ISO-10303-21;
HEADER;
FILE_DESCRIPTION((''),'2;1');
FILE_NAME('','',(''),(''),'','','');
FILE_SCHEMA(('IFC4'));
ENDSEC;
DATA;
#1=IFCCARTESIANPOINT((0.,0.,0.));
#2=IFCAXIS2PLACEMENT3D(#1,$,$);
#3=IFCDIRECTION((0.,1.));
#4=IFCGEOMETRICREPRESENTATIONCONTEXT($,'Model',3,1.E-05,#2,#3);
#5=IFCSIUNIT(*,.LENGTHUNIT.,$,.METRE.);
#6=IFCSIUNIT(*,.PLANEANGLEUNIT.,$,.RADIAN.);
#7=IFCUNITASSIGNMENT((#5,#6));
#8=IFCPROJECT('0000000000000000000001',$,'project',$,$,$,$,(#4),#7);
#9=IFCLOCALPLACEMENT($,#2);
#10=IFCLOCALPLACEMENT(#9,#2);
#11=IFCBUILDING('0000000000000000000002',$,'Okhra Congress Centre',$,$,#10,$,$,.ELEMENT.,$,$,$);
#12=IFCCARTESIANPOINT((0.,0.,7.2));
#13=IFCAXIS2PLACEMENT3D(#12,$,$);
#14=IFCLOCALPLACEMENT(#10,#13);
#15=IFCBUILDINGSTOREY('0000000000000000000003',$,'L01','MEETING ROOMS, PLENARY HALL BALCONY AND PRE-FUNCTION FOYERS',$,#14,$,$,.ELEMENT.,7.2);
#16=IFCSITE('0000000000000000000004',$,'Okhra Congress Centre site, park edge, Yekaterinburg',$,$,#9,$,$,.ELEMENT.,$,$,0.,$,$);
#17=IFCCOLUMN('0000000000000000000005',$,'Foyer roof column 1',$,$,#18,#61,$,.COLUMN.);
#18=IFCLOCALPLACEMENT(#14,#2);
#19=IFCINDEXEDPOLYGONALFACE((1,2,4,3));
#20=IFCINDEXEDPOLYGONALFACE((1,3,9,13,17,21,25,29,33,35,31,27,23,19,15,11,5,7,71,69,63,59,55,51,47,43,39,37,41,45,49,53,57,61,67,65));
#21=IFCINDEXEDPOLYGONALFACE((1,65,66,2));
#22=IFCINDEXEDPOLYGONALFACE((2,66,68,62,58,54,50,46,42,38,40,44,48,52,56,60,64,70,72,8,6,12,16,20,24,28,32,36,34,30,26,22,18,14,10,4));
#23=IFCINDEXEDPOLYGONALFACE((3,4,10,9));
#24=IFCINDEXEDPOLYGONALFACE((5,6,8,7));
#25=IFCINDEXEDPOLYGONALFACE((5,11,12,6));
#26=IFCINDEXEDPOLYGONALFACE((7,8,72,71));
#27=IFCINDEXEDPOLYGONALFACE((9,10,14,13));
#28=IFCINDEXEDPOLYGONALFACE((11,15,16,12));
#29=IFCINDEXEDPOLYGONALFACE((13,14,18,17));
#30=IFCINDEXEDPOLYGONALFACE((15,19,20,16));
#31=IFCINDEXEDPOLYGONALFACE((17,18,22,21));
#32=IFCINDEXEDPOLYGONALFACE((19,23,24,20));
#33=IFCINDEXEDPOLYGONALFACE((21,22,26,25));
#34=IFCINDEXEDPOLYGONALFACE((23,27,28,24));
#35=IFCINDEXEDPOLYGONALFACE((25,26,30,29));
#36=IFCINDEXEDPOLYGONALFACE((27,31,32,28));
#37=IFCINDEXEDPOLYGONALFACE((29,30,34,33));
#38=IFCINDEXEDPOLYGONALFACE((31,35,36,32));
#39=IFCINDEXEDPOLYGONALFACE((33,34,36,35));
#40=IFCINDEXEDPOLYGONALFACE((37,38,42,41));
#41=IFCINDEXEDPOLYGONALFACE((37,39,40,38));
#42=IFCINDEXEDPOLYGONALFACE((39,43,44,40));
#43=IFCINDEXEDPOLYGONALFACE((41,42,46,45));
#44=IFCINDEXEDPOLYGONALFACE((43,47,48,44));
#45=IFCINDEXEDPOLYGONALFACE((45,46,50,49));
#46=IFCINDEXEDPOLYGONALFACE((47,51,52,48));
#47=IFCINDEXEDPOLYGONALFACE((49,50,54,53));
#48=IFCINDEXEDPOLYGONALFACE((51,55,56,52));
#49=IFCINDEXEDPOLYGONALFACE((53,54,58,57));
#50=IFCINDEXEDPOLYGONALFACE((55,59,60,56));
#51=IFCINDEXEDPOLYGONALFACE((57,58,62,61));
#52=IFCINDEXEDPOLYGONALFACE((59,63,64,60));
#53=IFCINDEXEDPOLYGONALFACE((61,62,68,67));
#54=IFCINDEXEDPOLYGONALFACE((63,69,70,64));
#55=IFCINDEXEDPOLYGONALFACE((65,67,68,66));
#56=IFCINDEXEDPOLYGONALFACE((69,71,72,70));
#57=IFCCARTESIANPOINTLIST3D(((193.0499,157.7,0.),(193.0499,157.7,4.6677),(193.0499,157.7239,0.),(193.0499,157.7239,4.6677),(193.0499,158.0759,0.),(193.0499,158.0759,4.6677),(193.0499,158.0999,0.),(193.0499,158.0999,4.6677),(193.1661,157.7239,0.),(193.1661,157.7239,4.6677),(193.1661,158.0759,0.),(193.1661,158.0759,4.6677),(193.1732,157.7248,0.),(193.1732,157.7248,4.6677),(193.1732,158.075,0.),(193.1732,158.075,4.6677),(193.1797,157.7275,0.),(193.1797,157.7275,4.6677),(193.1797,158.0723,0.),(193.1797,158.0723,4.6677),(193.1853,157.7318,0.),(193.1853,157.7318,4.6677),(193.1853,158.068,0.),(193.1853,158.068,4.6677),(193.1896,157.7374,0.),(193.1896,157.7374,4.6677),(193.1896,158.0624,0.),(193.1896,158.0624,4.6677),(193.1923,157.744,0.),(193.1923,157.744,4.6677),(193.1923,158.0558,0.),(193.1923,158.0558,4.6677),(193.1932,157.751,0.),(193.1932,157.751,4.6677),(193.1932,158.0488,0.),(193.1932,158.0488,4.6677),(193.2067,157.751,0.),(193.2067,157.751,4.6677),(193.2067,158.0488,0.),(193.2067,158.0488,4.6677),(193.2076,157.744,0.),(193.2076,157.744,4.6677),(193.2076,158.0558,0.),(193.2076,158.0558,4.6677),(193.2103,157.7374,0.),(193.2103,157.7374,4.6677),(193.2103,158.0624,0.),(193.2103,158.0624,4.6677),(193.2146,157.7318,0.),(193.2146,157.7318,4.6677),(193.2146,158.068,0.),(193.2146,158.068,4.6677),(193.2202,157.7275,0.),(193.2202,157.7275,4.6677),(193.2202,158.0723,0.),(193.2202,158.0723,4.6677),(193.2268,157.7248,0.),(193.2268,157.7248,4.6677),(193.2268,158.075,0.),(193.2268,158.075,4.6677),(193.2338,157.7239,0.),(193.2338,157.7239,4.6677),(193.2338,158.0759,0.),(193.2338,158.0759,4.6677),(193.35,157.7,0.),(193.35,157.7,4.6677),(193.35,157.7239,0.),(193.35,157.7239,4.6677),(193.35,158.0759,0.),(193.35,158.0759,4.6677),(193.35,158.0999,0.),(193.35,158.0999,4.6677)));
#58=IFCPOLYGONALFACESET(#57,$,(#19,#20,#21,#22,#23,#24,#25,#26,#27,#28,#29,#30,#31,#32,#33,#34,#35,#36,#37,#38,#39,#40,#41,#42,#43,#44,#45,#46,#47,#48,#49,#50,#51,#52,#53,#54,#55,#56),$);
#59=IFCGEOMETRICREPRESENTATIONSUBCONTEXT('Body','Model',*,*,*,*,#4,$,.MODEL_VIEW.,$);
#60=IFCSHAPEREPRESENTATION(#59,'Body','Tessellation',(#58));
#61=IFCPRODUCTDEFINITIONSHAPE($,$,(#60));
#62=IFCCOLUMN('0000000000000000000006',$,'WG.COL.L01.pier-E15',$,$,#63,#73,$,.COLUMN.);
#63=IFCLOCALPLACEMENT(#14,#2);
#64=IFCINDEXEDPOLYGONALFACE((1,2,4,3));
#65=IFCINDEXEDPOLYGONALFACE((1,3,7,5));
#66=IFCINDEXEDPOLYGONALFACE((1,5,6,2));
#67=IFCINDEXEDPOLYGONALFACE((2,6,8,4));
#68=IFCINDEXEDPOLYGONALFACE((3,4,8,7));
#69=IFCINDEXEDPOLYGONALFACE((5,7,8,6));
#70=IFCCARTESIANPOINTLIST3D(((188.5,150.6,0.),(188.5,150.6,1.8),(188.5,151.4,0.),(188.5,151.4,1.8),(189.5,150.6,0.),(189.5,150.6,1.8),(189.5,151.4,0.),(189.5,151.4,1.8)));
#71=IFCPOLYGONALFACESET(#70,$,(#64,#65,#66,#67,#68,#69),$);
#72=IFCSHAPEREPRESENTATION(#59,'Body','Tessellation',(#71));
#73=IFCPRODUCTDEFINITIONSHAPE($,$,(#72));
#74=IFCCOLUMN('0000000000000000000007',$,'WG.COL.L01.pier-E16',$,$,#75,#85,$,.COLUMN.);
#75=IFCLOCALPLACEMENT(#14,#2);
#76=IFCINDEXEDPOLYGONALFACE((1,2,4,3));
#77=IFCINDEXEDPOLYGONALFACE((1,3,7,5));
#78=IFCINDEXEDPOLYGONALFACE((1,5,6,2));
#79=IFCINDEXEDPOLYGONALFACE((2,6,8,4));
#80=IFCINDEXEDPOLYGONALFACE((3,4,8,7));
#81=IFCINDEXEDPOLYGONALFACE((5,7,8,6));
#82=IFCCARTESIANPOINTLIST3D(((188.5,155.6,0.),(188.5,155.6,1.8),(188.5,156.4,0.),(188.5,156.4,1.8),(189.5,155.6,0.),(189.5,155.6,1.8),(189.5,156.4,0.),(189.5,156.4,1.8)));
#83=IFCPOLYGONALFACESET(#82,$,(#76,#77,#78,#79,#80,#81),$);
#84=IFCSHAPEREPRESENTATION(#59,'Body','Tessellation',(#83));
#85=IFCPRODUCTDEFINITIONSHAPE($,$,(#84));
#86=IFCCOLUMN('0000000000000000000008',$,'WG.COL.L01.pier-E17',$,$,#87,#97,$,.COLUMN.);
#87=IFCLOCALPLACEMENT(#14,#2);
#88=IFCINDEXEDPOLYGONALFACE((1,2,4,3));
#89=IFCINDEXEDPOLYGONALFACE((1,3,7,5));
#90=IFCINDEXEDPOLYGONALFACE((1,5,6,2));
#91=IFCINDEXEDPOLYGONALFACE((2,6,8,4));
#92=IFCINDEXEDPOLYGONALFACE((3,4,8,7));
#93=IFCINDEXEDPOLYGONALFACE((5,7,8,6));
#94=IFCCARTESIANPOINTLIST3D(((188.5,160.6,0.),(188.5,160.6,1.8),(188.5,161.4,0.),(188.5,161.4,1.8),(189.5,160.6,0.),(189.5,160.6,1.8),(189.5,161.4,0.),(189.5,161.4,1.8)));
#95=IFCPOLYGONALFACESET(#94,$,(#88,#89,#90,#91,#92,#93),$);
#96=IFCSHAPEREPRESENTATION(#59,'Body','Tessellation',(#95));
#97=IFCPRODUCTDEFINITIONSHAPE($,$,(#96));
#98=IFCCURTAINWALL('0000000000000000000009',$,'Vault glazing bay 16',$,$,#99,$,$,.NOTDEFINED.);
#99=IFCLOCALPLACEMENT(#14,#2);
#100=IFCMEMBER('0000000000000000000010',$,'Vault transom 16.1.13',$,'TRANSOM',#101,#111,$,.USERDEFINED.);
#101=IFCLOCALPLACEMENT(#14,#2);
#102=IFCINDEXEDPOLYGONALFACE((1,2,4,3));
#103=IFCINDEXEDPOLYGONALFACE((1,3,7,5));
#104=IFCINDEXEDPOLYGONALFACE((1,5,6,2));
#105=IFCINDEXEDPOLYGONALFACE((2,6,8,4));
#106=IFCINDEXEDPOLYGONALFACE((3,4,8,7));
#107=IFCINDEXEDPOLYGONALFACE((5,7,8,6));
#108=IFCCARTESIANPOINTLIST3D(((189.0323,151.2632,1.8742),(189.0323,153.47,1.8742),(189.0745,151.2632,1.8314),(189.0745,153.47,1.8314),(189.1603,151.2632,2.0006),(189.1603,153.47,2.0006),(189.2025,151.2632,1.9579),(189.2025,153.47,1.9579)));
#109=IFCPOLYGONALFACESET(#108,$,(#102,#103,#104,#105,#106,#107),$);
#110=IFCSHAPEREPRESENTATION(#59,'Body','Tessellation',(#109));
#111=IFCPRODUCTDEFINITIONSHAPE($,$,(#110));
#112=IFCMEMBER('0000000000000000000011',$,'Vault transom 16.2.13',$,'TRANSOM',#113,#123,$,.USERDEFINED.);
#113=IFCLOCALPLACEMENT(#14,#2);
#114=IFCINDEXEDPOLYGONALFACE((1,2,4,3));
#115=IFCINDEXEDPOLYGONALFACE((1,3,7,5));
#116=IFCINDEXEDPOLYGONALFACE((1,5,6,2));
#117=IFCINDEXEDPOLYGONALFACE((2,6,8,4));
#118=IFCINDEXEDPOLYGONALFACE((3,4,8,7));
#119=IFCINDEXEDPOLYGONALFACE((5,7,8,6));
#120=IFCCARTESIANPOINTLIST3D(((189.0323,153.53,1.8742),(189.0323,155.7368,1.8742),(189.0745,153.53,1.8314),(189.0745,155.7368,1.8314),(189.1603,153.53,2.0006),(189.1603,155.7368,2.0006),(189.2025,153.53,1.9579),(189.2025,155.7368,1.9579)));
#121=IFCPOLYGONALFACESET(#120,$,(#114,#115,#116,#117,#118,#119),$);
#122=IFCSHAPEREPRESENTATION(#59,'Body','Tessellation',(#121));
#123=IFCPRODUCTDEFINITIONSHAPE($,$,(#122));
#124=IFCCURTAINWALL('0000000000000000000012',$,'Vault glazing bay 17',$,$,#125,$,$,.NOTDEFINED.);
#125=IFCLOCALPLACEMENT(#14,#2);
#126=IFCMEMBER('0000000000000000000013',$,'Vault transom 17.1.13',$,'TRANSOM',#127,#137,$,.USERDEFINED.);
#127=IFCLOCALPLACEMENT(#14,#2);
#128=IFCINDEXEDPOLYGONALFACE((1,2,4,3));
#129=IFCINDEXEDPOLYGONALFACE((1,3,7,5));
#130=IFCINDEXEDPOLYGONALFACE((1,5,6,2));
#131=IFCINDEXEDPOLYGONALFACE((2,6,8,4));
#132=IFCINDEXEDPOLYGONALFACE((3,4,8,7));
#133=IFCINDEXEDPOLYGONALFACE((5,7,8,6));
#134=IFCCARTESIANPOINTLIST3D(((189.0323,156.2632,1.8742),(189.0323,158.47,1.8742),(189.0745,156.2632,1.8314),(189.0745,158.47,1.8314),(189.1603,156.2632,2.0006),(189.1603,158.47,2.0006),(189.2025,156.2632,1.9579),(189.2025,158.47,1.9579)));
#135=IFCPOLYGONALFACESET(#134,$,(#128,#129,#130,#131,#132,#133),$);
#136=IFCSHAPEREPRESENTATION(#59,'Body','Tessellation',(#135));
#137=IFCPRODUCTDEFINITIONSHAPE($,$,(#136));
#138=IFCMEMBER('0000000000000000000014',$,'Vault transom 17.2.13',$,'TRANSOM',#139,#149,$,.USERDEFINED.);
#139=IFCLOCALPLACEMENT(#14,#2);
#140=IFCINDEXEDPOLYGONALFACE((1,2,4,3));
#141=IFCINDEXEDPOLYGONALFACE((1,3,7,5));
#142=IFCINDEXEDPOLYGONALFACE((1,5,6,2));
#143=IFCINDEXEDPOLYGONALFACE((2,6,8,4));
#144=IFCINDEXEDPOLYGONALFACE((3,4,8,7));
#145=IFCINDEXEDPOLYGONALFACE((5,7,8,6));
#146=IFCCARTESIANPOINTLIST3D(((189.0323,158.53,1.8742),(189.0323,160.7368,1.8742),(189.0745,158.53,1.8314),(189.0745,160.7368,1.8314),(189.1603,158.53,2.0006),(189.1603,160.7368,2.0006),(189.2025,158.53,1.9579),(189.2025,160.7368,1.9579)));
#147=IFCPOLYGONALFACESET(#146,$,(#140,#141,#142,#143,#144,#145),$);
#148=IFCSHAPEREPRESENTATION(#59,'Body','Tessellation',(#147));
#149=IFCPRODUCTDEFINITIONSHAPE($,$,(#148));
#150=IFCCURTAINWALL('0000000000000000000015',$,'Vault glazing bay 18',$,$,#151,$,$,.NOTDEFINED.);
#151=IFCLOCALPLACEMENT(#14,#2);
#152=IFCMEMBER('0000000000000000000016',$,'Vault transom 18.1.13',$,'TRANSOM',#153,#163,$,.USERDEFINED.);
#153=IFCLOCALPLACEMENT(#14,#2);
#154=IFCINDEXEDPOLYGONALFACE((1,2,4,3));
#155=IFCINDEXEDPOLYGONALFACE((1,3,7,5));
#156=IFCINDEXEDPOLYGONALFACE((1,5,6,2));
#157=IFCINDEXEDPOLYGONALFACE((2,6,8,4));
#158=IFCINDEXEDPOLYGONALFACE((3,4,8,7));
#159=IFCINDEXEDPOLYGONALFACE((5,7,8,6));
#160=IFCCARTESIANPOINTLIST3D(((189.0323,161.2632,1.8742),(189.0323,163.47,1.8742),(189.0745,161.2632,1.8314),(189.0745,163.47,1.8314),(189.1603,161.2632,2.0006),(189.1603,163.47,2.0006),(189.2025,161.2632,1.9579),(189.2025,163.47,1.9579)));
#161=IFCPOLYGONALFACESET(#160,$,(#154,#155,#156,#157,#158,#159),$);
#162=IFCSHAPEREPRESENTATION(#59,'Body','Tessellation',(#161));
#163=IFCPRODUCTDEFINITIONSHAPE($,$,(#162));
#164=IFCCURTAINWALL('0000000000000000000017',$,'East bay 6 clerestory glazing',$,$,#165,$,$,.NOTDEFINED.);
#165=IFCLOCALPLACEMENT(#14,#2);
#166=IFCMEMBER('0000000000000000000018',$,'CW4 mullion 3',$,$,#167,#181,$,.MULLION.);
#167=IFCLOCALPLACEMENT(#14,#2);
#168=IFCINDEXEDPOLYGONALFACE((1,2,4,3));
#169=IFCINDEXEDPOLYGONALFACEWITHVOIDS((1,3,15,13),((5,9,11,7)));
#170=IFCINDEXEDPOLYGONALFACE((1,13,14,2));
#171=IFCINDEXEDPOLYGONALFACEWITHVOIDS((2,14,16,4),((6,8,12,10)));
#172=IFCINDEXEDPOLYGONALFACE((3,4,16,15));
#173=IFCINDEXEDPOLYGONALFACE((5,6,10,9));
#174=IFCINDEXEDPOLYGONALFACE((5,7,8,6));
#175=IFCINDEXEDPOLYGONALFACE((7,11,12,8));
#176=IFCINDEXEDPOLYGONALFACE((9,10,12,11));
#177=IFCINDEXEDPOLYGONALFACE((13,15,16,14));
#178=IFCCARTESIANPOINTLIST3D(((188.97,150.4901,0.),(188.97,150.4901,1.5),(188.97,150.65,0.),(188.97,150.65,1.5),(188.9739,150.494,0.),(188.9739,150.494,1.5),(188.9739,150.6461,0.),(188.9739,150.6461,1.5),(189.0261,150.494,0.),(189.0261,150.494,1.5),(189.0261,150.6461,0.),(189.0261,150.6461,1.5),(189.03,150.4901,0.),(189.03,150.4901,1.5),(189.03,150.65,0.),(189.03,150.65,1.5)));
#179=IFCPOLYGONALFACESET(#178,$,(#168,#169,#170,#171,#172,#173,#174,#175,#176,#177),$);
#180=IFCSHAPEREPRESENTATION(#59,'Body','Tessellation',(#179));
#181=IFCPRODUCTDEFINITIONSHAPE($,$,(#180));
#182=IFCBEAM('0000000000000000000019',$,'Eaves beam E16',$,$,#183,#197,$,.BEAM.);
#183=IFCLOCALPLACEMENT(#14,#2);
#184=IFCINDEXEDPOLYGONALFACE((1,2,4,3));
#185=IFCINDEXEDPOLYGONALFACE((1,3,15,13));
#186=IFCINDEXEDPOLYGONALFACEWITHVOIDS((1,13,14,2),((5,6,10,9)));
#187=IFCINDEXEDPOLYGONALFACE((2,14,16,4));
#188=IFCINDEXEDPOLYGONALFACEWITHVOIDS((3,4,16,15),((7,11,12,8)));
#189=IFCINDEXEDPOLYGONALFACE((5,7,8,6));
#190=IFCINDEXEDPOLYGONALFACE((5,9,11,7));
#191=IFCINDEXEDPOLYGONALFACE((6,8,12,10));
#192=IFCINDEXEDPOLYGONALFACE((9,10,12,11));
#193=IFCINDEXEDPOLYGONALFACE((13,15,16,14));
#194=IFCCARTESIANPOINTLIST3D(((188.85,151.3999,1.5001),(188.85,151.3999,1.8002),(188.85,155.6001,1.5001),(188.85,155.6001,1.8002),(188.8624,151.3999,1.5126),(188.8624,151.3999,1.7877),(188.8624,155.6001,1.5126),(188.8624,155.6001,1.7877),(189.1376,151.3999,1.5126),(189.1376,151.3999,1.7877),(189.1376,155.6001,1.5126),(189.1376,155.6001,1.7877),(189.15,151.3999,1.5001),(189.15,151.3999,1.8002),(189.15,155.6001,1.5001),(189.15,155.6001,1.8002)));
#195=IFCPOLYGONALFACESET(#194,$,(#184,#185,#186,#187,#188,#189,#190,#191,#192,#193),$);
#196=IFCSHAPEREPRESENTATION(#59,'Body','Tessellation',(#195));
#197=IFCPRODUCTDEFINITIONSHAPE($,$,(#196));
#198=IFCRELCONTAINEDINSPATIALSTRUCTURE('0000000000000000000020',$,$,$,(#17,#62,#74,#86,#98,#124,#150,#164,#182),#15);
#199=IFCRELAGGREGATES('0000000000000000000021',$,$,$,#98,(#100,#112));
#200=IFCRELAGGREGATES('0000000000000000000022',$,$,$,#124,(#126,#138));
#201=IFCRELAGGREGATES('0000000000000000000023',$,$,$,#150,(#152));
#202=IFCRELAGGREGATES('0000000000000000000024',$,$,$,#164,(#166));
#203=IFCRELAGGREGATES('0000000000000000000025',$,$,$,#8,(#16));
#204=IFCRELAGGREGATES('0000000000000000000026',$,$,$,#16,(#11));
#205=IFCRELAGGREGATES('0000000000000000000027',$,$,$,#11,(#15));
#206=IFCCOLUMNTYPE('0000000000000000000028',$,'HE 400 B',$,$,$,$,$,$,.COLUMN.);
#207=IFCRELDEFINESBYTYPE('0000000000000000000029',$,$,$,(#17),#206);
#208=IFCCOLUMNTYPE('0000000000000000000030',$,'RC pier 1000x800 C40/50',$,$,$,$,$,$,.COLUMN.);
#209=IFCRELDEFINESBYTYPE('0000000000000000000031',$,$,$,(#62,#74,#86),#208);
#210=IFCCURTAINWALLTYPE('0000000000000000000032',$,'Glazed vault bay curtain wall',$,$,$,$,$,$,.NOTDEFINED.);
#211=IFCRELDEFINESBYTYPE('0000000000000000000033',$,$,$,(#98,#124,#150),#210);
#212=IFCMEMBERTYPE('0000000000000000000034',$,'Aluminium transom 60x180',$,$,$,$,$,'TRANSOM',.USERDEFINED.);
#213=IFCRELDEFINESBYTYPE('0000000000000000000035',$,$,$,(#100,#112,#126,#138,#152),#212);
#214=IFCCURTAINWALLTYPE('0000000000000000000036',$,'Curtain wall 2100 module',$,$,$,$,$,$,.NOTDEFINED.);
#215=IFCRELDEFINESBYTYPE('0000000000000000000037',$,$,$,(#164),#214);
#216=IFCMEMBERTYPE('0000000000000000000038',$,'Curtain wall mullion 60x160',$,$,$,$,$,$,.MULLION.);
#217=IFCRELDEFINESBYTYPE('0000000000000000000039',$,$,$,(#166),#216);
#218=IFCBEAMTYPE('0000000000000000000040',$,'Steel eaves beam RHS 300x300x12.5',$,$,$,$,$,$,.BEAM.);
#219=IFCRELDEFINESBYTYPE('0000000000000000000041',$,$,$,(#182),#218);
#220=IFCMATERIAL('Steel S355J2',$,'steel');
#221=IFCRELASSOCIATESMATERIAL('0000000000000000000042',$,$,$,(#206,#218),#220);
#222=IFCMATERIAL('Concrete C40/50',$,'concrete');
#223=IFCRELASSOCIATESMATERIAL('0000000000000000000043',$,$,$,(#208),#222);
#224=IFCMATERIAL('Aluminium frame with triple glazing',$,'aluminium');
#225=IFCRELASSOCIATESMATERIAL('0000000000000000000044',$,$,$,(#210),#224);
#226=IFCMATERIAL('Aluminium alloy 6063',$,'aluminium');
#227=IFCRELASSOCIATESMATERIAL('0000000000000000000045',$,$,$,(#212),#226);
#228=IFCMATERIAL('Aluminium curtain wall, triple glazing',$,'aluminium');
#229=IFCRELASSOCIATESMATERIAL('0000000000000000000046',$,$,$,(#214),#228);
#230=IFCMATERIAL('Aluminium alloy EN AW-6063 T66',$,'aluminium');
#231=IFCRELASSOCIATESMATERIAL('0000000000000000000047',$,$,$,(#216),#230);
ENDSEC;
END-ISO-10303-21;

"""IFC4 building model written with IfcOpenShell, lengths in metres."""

from ifc_helpers import new_model, si_unit, direction, frame, origin, origin_2d, place, context, subcontext, project, spatial, rectangle, hollow_rectangle, i_section, extrude, material, material_profile, profile_set, type_object, element, aggregate, save


model = new_model("IFC4")

# Units and contexts
model_context = context("Model", 3, precision=1e-05, world=origin(), true_north=direction((0.0, 1.0)))
body_context = subcontext(model_context, "Body", "Model", "MODEL_VIEW")
ifc_project = project(units=[si_unit("LENGTHUNIT", "METRE"), si_unit("PLANEANGLEUNIT", "RADIAN")], contexts=[model_context])

# Site, building, storey
site_placement = place(None, origin())
site = spatial("IfcSite", under=ifc_project, at=site_placement, Name="Okhra Congress Centre site, park edge, Yekaterinburg", CompositionType="ELEMENT", RefElevation=0.0)
building_placement = place(site_placement, origin())
building = spatial("IfcBuilding", under=site, at=building_placement, Name="Okhra Congress Centre", CompositionType="ELEMENT")
storey_placement = place(building_placement, frame((0.0, 0.0, 7.2)))
storey = spatial("IfcBuildingStorey", under=building, at=storey_placement, Name="L01", Description="MEETING ROOMS, PLENARY HALL BALCONY AND PRE-FUNCTION FOYERS", CompositionType="ELEMENT", Elevation=7.2)

# Columns
ifc_material_1 = material(Name="Steel S355J2", Category="steel")
ifc_material_profile_1 = material_profile(ifc_material_1, i_section(OverallWidth=0.3, OverallDepth=0.3999, WebThickness=0.0134, FlangeThickness=0.0239, FilletRadius=0.0271, at=origin_2d()), Name="HE 400 B")
ifc_profile_set_1 = profile_set([ifc_material_profile_1], Name="Steel S355J2")
column_type_1 = type_object("IfcColumnType", Name="HE 400 B", PredefinedType="COLUMN", material=ifc_profile_set_1)
column_placement = place(storey_placement, frame((193.2, 157.8999, 0.0), z_axis=(0.0, 0.0, 1.0), x_axis=(1.0, 0.0, 0.0)))
element("IfcColumn", 1, at=column_placement, inside=storey, type_object=column_type_1, Name="Foyer roof column 1", PredefinedType="COLUMN", context=body_context, shape_type="SweptSolid", body=[
    extrude(i_section(OverallWidth=0.3, OverallDepth=0.3999, WebThickness=0.0134, FlangeThickness=0.0239, FilletRadius=0.0271, at=origin_2d()), origin(), (0.0, 0.0, 1.0), 4.6677),
])
ifc_material_2 = material(Name="Concrete C40/50", Category="concrete")
ifc_material_profile_2 = material_profile(ifc_material_2, rectangle(XDim=1.0, YDim=0.8, at=origin_2d()), Name="RC 1000x800")
ifc_profile_set_2 = profile_set([ifc_material_profile_2], Name="Concrete C40/50")
column_type_2 = type_object("IfcColumnType", Name="RC pier 1000x800 C40/50", PredefinedType="COLUMN", material=ifc_profile_set_2)
for number, where, z_axis, x_axis, name in (
    (2, (189.0, 151.0, 0.0), (0.0, 0.0, 1.0), (1.0, 0.0, 0.0), "WG.COL.L01.pier-E15"),
    (3, (189.0, 156.0, 0.0), (0.0, 0.0, 1.0), (1.0, 0.0, 0.0), "WG.COL.L01.pier-E16"),
    (4, (189.0, 161.0, 0.0), (0.0, 0.0, 1.0), (1.0, 0.0, 0.0), "WG.COL.L01.pier-E17"),
):
    element("IfcColumn", number, at=place(storey_placement, frame(where, z_axis=z_axis, x_axis=x_axis)), inside=storey, type_object=column_type_2, Name=name, PredefinedType="COLUMN", context=body_context, shape_type="SweptSolid", body=[
        extrude(rectangle(XDim=1.0, YDim=0.8, at=origin_2d()), origin(), (0.0, 0.0, 1.0), 1.8),
    ])

# Curtain walls, members
ifc_material_3 = material(Name="Aluminium frame with triple glazing", Category="aluminium")
curtain_wall_type_1 = type_object("IfcCurtainWallType", Name="Glazed vault bay curtain wall", PredefinedType="NOTDEFINED", material=ifc_material_3)
curtain_wall_1_placement = place(storey_placement, origin())
curtain_wall_1 = element("IfcCurtainWall", 5, at=curtain_wall_1_placement, inside=storey, type_object=curtain_wall_type_1, Name="Vault glazing bay 16", PredefinedType="NOTDEFINED")
ifc_material_4 = material(Name="Aluminium alloy 6063", Category="aluminium")
ifc_material_profile_3 = material_profile(ifc_material_4, rectangle(XDim=0.0601, YDim=0.1799, at=origin_2d()), Name="AL 60x180 transom")
ifc_profile_set_3 = profile_set([ifc_material_profile_3], Name="Aluminium alloy 6063")
member_type_1 = type_object("IfcMemberType", Name="Aluminium transom 60x180", ElementType="TRANSOM", PredefinedType="USERDEFINED", material=ifc_profile_set_3)
member_1_placement = place(storey_placement, frame((189.1174, 151.2632, 1.916), z_axis=(0.0, 1.0, 0.0), x_axis=(-0.702636, 0.0, 0.711549)))
member_1 = element("IfcMember", 6, at=member_1_placement, type_object=member_type_1, Name="Vault transom 16.1.13", ObjectType="TRANSOM", PredefinedType="USERDEFINED", context=body_context, shape_type="SweptSolid", body=[
    extrude(rectangle(XDim=0.0601, YDim=0.1799, at=origin_2d()), origin(), (0.0, 0.0, 1.0), 2.2068),
])
member_2_placement = place(storey_placement, frame((189.1174, 153.53, 1.916), z_axis=(0.0, 1.0, 0.0), x_axis=(-0.702636, 0.0, 0.711549)))
member_2 = element("IfcMember", 7, at=member_2_placement, type_object=member_type_1, Name="Vault transom 16.2.13", ObjectType="TRANSOM", PredefinedType="USERDEFINED", context=body_context, shape_type="SweptSolid", body=[
    extrude(rectangle(XDim=0.0601, YDim=0.1799, at=origin_2d()), origin(), (0.0, 0.0, 1.0), 2.2068),
])
aggregate(curtain_wall_1, [member_1, member_2])
curtain_wall_2_placement = place(storey_placement, origin())
curtain_wall_2 = element("IfcCurtainWall", 8, at=curtain_wall_2_placement, inside=storey, type_object=curtain_wall_type_1, Name="Vault glazing bay 17", PredefinedType="NOTDEFINED")
member_3_placement = place(storey_placement, frame((189.1174, 156.2632, 1.916), z_axis=(0.0, 1.0, 0.0), x_axis=(-0.702636, 0.0, 0.711549)))
member_3 = element("IfcMember", 9, at=member_3_placement, type_object=member_type_1, Name="Vault transom 17.1.13", ObjectType="TRANSOM", PredefinedType="USERDEFINED", context=body_context, shape_type="SweptSolid", body=[
    extrude(rectangle(XDim=0.0601, YDim=0.1799, at=origin_2d()), origin(), (0.0, 0.0, 1.0), 2.2068),
])
member_4_placement = place(storey_placement, frame((189.1174, 158.53, 1.916), z_axis=(0.0, 1.0, 0.0), x_axis=(-0.702636, 0.0, 0.711549)))
member_4 = element("IfcMember", 10, at=member_4_placement, type_object=member_type_1, Name="Vault transom 17.2.13", ObjectType="TRANSOM", PredefinedType="USERDEFINED", context=body_context, shape_type="SweptSolid", body=[
    extrude(rectangle(XDim=0.0601, YDim=0.1799, at=origin_2d()), origin(), (0.0, 0.0, 1.0), 2.2068),
])
aggregate(curtain_wall_2, [member_3, member_4])

# Curtain walls, members
curtain_wall_3_placement = place(storey_placement, origin())
curtain_wall_3 = element("IfcCurtainWall", 11, at=curtain_wall_3_placement, inside=storey, type_object=curtain_wall_type_1, Name="Vault glazing bay 18", PredefinedType="NOTDEFINED")
member_5_placement = place(storey_placement, frame((189.1174, 161.2632, 1.916), z_axis=(0.0, 1.0, 0.0), x_axis=(-0.702636, 0.0, 0.711549)))
member_5 = element("IfcMember", 12, at=member_5_placement, type_object=member_type_1, Name="Vault transom 18.1.13", ObjectType="TRANSOM", PredefinedType="USERDEFINED", context=body_context, shape_type="SweptSolid", body=[
    extrude(rectangle(XDim=0.0601, YDim=0.1799, at=origin_2d()), origin(), (0.0, 0.0, 1.0), 2.2068),
])
aggregate(curtain_wall_3, [member_5])
ifc_material_5 = material(Name="Aluminium curtain wall, triple glazing", Category="aluminium")
curtain_wall_type_2 = type_object("IfcCurtainWallType", Name="Curtain wall 2100 module", PredefinedType="NOTDEFINED", material=ifc_material_5)
curtain_wall_4_placement = place(storey_placement, origin())
curtain_wall_4 = element("IfcCurtainWall", 13, at=curtain_wall_4_placement, inside=storey, type_object=curtain_wall_type_2, Name="East bay 6 clerestory glazing", PredefinedType="NOTDEFINED")
ifc_material_6 = material(Name="Aluminium alloy EN AW-6063 T66", Category="aluminium")
ifc_material_profile_4 = material_profile(ifc_material_6, hollow_rectangle(XDim=0.0601, YDim=0.1599, WallThickness=0.0039, at=origin_2d()), Name="RHS 60x160x4")
ifc_profile_set_4 = profile_set([ifc_material_profile_4], Name="Aluminium alloy EN AW-6063 T66")
member_type_2 = type_object("IfcMemberType", Name="Curtain wall mullion 60x160", PredefinedType="MULLION", material=ifc_profile_set_4)
member_6_placement = place(storey_placement, frame((189.0, 150.5701, 0.0), z_axis=(0.0, 0.0, 1.0), x_axis=(-1.0, 0.0, 0.0)))
member_6 = element("IfcMember", 14, at=member_6_placement, type_object=member_type_2, Name="CW4 mullion 3", PredefinedType="MULLION", context=body_context, shape_type="SweptSolid", body=[
    extrude(hollow_rectangle(XDim=0.0601, YDim=0.1599, WallThickness=0.0039, at=origin_2d()), origin(), (0.0, 0.0, 1.0), 1.5),
])
aggregate(curtain_wall_4, [member_6])

# Beam
ifc_material_profile_5 = material_profile(ifc_material_1, hollow_rectangle(XDim=0.3, YDim=0.3, WallThickness=0.0125, at=origin_2d()), Name="RHS 300x300x12.5")
ifc_profile_set_5 = profile_set([ifc_material_profile_5], Name="Steel S355J2")
beam_type = type_object("IfcBeamType", Name="Steel eaves beam RHS 300x300x12.5", PredefinedType="BEAM", material=ifc_profile_set_5)
for number, where, z_axis, x_axis, name in (
    (15, (189.0, 151.3999, 1.6501), (0.0, 1.0, 0.0), (-1.0, 0.0, 0.0), "Eaves beam E16"),
):
    element("IfcBeam", number, at=place(storey_placement, frame(where, z_axis=z_axis, x_axis=x_axis)), inside=storey, type_object=beam_type, Name=name, PredefinedType="BEAM", context=body_context, shape_type="SweptSolid", body=[
        extrude(hollow_rectangle(XDim=0.3, YDim=0.3, WallThickness=0.0125, at=origin_2d()), origin(), (0.0, 0.0, 1.0), 4.2002),
    ])

save(model, "model.ifc")
